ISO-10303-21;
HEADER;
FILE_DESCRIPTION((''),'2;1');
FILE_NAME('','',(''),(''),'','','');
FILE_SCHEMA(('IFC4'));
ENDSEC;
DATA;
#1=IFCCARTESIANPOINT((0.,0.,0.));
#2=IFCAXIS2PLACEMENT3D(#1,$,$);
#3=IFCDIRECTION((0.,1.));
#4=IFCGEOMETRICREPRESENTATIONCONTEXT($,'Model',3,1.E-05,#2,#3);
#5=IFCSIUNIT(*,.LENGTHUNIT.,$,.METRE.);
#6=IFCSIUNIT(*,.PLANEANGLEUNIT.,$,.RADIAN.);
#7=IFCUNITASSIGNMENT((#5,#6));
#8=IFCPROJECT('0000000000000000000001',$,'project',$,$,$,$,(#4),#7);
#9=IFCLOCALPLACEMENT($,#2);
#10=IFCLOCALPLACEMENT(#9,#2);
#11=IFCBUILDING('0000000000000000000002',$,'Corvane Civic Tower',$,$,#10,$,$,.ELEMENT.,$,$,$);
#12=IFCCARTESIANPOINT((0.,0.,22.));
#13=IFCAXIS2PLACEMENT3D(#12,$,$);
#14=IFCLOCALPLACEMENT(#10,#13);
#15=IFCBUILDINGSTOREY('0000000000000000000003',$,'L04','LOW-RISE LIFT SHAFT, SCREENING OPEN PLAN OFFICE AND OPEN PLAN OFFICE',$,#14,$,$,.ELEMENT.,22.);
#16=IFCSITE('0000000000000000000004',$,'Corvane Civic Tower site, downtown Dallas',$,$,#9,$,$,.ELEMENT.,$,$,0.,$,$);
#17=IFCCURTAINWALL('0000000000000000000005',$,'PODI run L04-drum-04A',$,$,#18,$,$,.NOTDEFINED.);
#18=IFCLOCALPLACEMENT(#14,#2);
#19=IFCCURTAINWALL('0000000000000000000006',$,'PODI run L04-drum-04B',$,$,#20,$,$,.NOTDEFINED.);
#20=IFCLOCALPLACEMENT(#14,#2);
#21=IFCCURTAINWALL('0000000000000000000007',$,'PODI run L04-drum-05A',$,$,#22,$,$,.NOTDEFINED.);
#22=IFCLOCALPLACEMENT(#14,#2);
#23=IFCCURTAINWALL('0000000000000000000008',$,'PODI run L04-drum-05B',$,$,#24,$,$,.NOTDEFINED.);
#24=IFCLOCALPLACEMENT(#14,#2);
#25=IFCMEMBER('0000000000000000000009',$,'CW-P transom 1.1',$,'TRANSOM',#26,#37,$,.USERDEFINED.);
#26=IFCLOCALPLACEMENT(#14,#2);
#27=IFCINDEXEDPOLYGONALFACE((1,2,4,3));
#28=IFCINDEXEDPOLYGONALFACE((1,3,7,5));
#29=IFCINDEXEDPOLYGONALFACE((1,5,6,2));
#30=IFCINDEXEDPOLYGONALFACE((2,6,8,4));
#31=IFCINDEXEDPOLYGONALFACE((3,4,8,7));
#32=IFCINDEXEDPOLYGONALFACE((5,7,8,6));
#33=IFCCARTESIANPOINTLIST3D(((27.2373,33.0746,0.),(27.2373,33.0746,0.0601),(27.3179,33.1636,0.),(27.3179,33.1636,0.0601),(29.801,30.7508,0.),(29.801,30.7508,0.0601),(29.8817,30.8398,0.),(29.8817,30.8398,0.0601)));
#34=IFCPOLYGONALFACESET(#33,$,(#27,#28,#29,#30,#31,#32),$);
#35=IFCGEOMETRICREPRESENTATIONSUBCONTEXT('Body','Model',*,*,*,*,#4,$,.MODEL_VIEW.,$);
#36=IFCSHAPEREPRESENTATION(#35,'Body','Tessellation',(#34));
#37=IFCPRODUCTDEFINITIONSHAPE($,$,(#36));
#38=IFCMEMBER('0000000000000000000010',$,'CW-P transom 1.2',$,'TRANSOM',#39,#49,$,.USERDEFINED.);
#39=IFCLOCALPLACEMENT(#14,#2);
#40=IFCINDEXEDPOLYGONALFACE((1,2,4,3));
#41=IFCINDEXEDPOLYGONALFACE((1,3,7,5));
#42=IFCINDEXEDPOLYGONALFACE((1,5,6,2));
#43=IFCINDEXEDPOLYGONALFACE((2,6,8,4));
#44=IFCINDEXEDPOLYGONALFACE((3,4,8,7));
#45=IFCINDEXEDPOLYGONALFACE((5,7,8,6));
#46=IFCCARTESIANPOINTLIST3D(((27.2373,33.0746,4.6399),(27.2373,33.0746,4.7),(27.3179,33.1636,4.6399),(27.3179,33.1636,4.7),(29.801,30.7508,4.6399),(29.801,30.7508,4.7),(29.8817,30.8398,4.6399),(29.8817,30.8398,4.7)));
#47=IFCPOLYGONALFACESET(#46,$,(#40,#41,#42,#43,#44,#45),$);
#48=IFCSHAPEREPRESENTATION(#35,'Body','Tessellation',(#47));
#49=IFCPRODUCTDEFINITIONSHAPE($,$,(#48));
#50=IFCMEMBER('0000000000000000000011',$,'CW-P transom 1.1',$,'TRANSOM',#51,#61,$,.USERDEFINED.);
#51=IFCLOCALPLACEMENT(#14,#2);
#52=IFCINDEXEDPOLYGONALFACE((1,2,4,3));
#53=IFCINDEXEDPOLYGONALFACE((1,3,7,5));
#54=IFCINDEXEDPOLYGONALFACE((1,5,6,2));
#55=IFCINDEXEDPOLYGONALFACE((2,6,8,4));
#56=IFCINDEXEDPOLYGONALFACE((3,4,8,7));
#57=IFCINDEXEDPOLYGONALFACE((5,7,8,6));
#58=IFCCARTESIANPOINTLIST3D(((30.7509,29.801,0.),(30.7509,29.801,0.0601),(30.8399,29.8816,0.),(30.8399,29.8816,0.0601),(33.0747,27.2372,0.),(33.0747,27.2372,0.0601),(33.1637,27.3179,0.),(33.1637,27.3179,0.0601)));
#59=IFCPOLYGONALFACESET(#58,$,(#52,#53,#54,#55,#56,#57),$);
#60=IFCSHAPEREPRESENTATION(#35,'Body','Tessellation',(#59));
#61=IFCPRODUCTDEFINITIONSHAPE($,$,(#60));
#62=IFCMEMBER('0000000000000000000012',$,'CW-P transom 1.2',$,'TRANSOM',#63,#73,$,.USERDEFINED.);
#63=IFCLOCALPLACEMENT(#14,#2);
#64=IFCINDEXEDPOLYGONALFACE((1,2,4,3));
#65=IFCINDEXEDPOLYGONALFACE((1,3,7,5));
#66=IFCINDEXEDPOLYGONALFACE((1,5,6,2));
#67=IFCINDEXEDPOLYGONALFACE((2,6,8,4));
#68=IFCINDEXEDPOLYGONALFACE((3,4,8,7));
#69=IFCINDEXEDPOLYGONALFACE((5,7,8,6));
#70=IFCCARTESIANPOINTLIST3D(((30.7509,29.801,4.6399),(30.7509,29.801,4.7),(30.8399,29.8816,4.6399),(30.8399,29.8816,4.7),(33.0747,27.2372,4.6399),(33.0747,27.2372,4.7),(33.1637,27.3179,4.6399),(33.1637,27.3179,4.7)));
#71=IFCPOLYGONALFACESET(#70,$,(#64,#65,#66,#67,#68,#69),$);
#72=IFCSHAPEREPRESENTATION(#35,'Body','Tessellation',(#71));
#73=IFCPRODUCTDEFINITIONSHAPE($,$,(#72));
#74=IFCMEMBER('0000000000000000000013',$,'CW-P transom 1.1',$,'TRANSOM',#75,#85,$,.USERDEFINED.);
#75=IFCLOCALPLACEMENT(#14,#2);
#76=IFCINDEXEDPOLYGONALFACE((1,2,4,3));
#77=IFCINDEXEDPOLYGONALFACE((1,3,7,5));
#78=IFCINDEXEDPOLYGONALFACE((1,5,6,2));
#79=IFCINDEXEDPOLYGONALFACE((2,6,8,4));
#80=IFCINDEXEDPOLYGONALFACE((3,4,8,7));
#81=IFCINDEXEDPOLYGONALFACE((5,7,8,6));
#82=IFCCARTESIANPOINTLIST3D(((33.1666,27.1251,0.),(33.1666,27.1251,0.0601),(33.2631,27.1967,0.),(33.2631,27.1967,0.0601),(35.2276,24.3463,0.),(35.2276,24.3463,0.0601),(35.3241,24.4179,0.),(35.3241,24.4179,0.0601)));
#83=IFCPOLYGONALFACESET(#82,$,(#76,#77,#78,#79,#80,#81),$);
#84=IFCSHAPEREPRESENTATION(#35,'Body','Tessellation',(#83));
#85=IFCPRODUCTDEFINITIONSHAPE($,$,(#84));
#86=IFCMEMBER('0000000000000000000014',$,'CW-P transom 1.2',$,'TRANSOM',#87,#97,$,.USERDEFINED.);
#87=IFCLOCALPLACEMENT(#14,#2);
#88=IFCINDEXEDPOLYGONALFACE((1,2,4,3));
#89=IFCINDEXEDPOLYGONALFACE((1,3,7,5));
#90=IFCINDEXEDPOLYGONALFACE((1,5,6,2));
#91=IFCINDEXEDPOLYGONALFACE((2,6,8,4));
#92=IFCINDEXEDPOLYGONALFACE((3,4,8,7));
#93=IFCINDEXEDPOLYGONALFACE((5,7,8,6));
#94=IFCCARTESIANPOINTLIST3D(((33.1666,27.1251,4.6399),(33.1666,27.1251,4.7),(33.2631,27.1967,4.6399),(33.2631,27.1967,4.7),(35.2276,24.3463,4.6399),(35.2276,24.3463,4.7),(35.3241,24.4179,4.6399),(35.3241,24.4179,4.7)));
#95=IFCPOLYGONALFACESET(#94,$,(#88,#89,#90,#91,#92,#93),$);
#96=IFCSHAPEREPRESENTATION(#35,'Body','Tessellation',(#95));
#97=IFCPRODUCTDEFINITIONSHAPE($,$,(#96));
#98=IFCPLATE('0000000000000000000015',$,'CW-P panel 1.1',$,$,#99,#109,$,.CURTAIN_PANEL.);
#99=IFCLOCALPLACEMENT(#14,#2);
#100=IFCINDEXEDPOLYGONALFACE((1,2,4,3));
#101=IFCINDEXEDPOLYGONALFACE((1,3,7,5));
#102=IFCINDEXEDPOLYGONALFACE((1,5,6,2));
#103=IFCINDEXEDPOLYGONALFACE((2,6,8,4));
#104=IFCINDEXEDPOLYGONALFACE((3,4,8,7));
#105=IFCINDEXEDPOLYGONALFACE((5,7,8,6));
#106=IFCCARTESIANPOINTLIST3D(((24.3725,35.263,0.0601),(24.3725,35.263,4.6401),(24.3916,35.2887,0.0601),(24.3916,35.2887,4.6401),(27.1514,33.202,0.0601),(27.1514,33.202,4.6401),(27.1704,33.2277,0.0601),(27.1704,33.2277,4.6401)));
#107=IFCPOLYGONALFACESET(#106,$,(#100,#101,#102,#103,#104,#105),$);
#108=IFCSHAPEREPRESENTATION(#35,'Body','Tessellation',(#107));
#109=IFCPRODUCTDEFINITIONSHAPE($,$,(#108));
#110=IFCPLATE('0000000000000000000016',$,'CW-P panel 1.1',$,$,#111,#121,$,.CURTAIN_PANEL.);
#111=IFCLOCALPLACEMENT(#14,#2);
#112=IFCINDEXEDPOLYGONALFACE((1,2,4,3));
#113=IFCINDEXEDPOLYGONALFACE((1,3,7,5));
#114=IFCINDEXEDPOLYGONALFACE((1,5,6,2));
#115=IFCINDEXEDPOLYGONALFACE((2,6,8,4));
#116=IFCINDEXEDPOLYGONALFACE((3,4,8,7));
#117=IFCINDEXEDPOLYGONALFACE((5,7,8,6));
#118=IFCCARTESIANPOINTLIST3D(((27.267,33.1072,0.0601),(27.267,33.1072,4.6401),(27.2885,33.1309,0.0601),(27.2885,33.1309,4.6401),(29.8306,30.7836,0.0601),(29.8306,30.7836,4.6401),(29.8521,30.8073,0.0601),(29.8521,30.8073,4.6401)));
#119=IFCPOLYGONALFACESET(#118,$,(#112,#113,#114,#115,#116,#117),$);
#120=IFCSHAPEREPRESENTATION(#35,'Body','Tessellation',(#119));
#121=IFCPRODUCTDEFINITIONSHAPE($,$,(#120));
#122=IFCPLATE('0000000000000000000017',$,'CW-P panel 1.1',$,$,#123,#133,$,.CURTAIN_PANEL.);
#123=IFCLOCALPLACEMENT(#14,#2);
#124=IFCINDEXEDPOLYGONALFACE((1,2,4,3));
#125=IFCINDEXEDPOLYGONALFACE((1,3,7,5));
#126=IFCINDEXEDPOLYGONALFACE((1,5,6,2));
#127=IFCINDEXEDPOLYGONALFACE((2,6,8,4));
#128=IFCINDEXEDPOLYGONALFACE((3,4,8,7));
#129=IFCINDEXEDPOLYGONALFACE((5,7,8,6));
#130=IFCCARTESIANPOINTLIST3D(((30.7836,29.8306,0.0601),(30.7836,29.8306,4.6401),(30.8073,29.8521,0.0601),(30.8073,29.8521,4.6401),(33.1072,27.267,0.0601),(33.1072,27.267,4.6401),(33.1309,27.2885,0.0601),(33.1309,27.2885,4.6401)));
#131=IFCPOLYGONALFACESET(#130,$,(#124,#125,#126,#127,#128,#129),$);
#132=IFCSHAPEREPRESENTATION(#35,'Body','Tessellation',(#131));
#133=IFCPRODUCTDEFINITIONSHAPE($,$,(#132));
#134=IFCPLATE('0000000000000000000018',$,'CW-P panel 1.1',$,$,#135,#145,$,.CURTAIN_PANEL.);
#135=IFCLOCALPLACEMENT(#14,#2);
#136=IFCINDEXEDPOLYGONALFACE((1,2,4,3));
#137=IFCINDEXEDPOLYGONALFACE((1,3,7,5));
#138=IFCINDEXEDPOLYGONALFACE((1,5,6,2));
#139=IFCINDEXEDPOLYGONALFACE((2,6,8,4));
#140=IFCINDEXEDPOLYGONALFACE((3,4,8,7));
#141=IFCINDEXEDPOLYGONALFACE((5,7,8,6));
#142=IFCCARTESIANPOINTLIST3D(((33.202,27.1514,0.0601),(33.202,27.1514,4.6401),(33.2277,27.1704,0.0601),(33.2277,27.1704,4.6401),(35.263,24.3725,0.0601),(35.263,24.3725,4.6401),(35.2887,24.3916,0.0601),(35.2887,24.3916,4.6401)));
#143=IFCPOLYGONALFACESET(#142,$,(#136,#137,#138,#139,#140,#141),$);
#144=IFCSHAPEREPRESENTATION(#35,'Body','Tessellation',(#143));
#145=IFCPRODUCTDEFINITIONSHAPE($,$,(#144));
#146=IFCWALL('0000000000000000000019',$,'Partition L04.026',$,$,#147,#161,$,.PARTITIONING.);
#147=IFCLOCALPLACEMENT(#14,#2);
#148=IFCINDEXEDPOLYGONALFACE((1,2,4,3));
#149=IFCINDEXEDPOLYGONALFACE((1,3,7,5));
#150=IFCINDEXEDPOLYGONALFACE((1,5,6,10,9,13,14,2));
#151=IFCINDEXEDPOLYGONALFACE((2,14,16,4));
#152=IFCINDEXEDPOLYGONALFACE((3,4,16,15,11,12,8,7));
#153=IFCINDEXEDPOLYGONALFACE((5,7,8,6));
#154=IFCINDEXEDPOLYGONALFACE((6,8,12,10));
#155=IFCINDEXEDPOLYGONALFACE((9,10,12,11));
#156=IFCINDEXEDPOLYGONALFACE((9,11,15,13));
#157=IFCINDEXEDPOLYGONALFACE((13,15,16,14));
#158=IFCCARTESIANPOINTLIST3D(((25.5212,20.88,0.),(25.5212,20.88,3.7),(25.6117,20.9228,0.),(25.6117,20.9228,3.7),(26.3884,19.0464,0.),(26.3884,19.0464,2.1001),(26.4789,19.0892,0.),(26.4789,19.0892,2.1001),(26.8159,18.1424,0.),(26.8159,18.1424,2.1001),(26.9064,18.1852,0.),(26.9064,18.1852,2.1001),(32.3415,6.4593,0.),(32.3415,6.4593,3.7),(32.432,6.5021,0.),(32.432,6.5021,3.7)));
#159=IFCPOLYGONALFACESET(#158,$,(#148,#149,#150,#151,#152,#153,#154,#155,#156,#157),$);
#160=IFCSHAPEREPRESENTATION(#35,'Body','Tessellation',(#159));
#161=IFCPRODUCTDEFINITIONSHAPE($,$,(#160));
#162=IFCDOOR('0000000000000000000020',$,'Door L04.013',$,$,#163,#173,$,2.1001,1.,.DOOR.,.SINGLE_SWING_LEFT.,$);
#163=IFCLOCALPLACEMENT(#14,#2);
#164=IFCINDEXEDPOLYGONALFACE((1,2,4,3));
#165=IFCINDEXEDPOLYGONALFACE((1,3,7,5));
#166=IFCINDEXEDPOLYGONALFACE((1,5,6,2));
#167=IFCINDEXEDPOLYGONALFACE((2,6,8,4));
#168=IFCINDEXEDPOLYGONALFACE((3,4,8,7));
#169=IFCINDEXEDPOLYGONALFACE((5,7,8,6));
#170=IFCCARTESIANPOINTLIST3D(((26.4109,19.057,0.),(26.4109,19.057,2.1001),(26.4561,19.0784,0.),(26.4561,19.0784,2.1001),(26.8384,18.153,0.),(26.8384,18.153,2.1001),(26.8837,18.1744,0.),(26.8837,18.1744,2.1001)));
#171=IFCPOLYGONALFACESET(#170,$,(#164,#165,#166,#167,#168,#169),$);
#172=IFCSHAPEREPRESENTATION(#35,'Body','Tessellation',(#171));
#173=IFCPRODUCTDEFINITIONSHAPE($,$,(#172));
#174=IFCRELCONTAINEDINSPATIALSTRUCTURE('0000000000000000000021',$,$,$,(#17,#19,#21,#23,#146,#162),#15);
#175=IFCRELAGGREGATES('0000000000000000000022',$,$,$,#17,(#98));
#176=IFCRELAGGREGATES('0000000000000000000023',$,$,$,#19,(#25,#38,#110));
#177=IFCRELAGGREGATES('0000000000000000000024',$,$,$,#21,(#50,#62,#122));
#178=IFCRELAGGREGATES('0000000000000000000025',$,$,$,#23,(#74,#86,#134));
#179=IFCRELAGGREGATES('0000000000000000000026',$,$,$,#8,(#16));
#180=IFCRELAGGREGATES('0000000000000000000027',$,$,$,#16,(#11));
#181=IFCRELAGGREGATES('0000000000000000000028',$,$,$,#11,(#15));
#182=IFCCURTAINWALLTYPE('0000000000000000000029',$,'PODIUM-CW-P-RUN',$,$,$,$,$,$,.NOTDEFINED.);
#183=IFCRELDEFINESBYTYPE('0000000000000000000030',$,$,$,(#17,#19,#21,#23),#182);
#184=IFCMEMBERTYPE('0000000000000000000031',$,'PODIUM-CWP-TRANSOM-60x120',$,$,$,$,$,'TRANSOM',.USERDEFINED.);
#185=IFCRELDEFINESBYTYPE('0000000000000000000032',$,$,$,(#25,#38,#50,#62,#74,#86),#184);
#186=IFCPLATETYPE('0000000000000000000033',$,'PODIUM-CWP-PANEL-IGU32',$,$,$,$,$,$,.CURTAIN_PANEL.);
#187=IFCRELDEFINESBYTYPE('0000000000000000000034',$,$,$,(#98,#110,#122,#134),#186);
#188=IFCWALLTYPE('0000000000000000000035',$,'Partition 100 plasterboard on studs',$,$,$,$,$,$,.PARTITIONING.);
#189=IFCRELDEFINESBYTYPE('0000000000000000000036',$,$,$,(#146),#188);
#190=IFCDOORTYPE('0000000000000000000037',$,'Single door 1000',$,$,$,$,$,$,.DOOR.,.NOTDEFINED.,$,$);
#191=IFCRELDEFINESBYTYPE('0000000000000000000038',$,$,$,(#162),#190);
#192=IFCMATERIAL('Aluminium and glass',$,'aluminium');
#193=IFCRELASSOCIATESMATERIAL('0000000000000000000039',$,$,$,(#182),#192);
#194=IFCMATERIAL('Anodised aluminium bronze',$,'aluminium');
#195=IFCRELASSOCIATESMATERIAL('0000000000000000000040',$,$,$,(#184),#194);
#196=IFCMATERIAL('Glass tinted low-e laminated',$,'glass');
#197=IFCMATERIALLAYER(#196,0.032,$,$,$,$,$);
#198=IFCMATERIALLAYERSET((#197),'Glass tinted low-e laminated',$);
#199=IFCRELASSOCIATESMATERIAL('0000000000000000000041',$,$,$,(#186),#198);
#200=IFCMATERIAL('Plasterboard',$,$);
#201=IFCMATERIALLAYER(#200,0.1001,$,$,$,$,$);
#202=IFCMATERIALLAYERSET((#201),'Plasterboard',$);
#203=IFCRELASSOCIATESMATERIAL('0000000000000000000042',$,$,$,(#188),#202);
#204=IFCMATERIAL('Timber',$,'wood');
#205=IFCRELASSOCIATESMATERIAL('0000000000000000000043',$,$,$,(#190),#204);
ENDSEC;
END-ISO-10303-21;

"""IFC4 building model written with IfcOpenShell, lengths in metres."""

from ifc_helpers import new_model, si_unit, direction, frame, frame_2d, origin, origin_2d, place, context, subcontext, project, spatial, rectangle, extrude, material, layer, layer_set, material_profile, profile_set, type_object, element, fill, aggregate, save


model = new_model("IFC4")

# Units and contexts
model_context = context("Model", 3, precision=1e-05, world=origin(), true_north=direction((0.0, 1.0)))
body_context = subcontext(model_context, "Body", "Model", "MODEL_VIEW")
ifc_project = project(units=[si_unit("LENGTHUNIT", "METRE"), si_unit("PLANEANGLEUNIT", "RADIAN")], contexts=[model_context])

# Site, building, storey
site_placement = place(None, origin())
site = spatial("IfcSite", under=ifc_project, at=site_placement, Name="Corvane Civic Tower site, downtown Dallas", CompositionType="ELEMENT", RefElevation=0.0)
building_placement = place(site_placement, origin())
building = spatial("IfcBuilding", under=site, at=building_placement, Name="Corvane Civic Tower", CompositionType="ELEMENT")
storey_placement = place(building_placement, frame((0.0, 0.0, 22.0)))
storey = spatial("IfcBuildingStorey", under=building, at=storey_placement, Name="L04", Description="LOW-RISE LIFT SHAFT, SCREENING OPEN PLAN OFFICE AND OPEN PLAN OFFICE", CompositionType="ELEMENT", Elevation=22.0)

# Shared definitions
ifc_material_1 = material(Name="Aluminium and glass", Category="aluminium")
curtain_wall_type = type_object("IfcCurtainWallType", Name="PODIUM-CW-P-RUN", PredefinedType="NOTDEFINED", material=ifc_material_1)

# Curtain walls
curtain_wall_1_placement = place(storey_placement, origin())
curtain_wall_1 = element("IfcCurtainWall", 1, at=curtain_wall_1_placement, inside=storey, type_object=curtain_wall_type, Name="PODI run L04-drum-04A", PredefinedType="NOTDEFINED")
curtain_wall_2_placement = place(storey_placement, origin())
curtain_wall_2 = element("IfcCurtainWall", 2, at=curtain_wall_2_placement, inside=storey, type_object=curtain_wall_type, Name="PODI run L04-drum-04B", PredefinedType="NOTDEFINED")
curtain_wall_3_placement = place(storey_placement, origin())
curtain_wall_3 = element("IfcCurtainWall", 3, at=curtain_wall_3_placement, inside=storey, type_object=curtain_wall_type, Name="PODI run L04-drum-05A", PredefinedType="NOTDEFINED")
curtain_wall_4_placement = place(storey_placement, origin())
curtain_wall_4 = element("IfcCurtainWall", 4, at=curtain_wall_4_placement, inside=storey, type_object=curtain_wall_type, Name="PODI run L04-drum-05B", PredefinedType="NOTDEFINED")

# Members
ifc_material_2 = material(Name="Anodised aluminium bronze", Category="aluminium")
ifc_material_profile_1 = material_profile(ifc_material_2, rectangle(XDim=0.1201, YDim=0.0601, at=origin_2d()), Name="AL 120x60")
ifc_profile_set_1 = profile_set([ifc_material_profile_1], Name="Anodised aluminium bronze")
member_type_1 = type_object("IfcMemberType", Name="PODIUM-CWP-TRANSOM-60x120", ElementType="TRANSOM", PredefinedType="USERDEFINED", material=ifc_profile_set_1)
member_1_placement = place(storey_placement, frame((27.2776, 33.1191, 0.03), z_axis=(0.740935, -0.671576, 0.0), x_axis=(0.671576, 0.740935, 0.0)))
member_1 = element("IfcMember", 5, at=member_1_placement, type_object=member_type_1, Name="CW-P transom 1.1", ObjectType="TRANSOM", PredefinedType="USERDEFINED", context=body_context, shape_type="SweptSolid", body=[
    extrude(rectangle(XDim=0.1201, YDim=0.0601, at=origin_2d()), origin(), (0.0, 0.0, 1.0), 3.4602),
])
member_2_placement = place(storey_placement, frame((27.2776, 33.1191, 4.6699), z_axis=(0.740935, -0.671576, 0.0), x_axis=(0.671576, 0.740935, 0.0)))
member_2 = element("IfcMember", 6, at=member_2_placement, type_object=member_type_1, Name="CW-P transom 1.2", ObjectType="TRANSOM", PredefinedType="USERDEFINED", context=body_context, shape_type="SweptSolid", body=[
    extrude(rectangle(XDim=0.1201, YDim=0.0601, at=origin_2d()), origin(), (0.0, 0.0, 1.0), 3.4602),
])
member_3_placement = place(storey_placement, frame((30.7954, 29.8413, 0.03), z_axis=(0.671576, -0.740935, 0.0), x_axis=(0.740935, 0.671576, 0.0)))
member_3 = element("IfcMember", 7, at=member_3_placement, type_object=member_type_1, Name="CW-P transom 1.1", ObjectType="TRANSOM", PredefinedType="USERDEFINED", context=body_context, shape_type="SweptSolid", body=[
    extrude(rectangle(XDim=0.1201, YDim=0.0601, at=origin_2d()), origin(), (0.0, 0.0, 1.0), 3.4602),
])
member_4_placement = place(storey_placement, frame((30.7954, 29.8413, 4.6699), z_axis=(0.671576, -0.740935, 0.0), x_axis=(0.740935, 0.671576, 0.0)))
member_4 = element("IfcMember", 8, at=member_4_placement, type_object=member_type_1, Name="CW-P transom 1.2", ObjectType="TRANSOM", PredefinedType="USERDEFINED", context=body_context, shape_type="SweptSolid", body=[
    extrude(rectangle(XDim=0.1201, YDim=0.0601, at=origin_2d()), origin(), (0.0, 0.0, 1.0), 3.4602),
])
member_5_placement = place(storey_placement, frame((33.2148, 27.1609, 0.03), z_axis=(0.595724, -0.80319, 0.0), x_axis=(0.80319, 0.595724, 0.0)))
member_5 = element("IfcMember", 9, at=member_5_placement, type_object=member_type_1, Name="CW-P transom 1.1", ObjectType="TRANSOM", PredefinedType="USERDEFINED", context=body_context, shape_type="SweptSolid", body=[
    extrude(rectangle(XDim=0.1201, YDim=0.0601, at=origin_2d()), origin(), (0.0, 0.0, 1.0), 3.4597),
])
member_6_placement = place(storey_placement, frame((33.2148, 27.1609, 4.6699), z_axis=(0.595724, -0.80319, 0.0), x_axis=(0.80319, 0.595724, 0.0)))
member_6 = element("IfcMember", 10, at=member_6_placement, type_object=member_type_1, Name="CW-P transom 1.2", ObjectType="TRANSOM", PredefinedType="USERDEFINED", context=body_context, shape_type="SweptSolid", body=[
    extrude(rectangle(XDim=0.1201, YDim=0.0601, at=origin_2d()), origin(), (0.0, 0.0, 1.0), 3.4597),
])

# Plates
ifc_material_3 = material(Name="Glass tinted low-e laminated", Category="glass")
ifc_layer_1 = layer(ifc_material_3, 0.032)
ifc_layer_set_1 = layer_set([ifc_layer_1], Name="Glass tinted low-e laminated")
plate_type = type_object("IfcPlateType", Name="PODIUM-CWP-PANEL-IGU32", PredefinedType="CURTAIN_PANEL", material=ifc_layer_set_1)
plate_1_placement = place(storey_placement, frame((25.7715, 34.2454, 0.0601), z_axis=(0.0, 0.0, 1.0), x_axis=(0.803203, -0.595705, 0.0)))
plate_1 = element("IfcPlate", 11, at=plate_1_placement, type_object=plate_type, Name="CW-P panel 1.1", PredefinedType="CURTAIN_PANEL", context=body_context, shape_type="SweptSolid", body=[
    extrude(rectangle(XDim=3.4597, YDim=0.032, at=origin_2d()), origin(), (0.0, 0.0, 1.0), 4.5801),
])
aggregate(curtain_wall_1, [plate_1])
plate_2_placement = place(storey_placement, frame((28.5596, 31.9573, 0.0601), z_axis=(0.0, 0.0, 1.0), x_axis=(0.740935, -0.671576, 0.0)))
plate_2 = element("IfcPlate", 12, at=plate_2_placement, type_object=plate_type, Name="CW-P panel 1.1", PredefinedType="CURTAIN_PANEL", context=body_context, shape_type="SweptSolid", body=[
    extrude(rectangle(XDim=3.46, YDim=0.032, at=origin_2d()), origin(), (0.0, 0.0, 1.0), 4.5801),
])
aggregate(curtain_wall_2, [member_1, member_2, plate_2])
plate_3_placement = place(storey_placement, frame((31.9573, 28.5596, 0.0601), z_axis=(0.0, 0.0, 1.0), x_axis=(0.671576, -0.740935, 0.0)))
plate_3 = element("IfcPlate", 13, at=plate_3_placement, type_object=plate_type, Name="CW-P panel 1.1", PredefinedType="CURTAIN_PANEL", context=body_context, shape_type="SweptSolid", body=[
    extrude(rectangle(XDim=3.46, YDim=0.032, at=origin_2d()), origin(), (0.0, 0.0, 1.0), 4.5801),
])
aggregate(curtain_wall_3, [member_3, member_4, plate_3])
plate_4_placement = place(storey_placement, frame((34.2454, 25.7715, 0.0601), z_axis=(0.0, 0.0, 1.0), x_axis=(0.595705, -0.803203, 0.0)))
plate_4 = element("IfcPlate", 14, at=plate_4_placement, type_object=plate_type, Name="CW-P panel 1.1", PredefinedType="CURTAIN_PANEL", context=body_context, shape_type="SweptSolid", body=[
    extrude(rectangle(XDim=3.4597, YDim=0.032, at=origin_2d()), origin(), (0.0, 0.0, 1.0), 4.5801),
])
aggregate(curtain_wall_4, [member_5, member_6, plate_4])

# Wall, opening, door
ifc_material_4 = material(Name="Plasterboard")
ifc_layer_2 = layer(ifc_material_4, 0.1001)
ifc_layer_set_2 = layer_set([ifc_layer_2], Name="Plasterboard")
wall_type_1 = type_object("IfcWallType", Name="Partition 100 plasterboard on studs", PredefinedType="PARTITIONING", material=ifc_layer_set_2)
wall_1_placement = place(storey_placement, frame((25.5664, 20.9014, 0.0), z_axis=(0.0, 0.0, 1.0), x_axis=(0.427547, -0.903993, 0.0)))
wall_1 = element("IfcWall", 15, at=wall_1_placement, inside=storey, type_object=wall_type_1, Name="Partition L04.026", PredefinedType="PARTITIONING", context=body_context, shape_type="SweptSolid", body=[
    extrude(rectangle(XDim=15.9521, YDim=0.1001, at=frame_2d((7.9761, 0.0))), origin(), (0.0, 0.0, 1.0), 3.7),
])
opening_1_placement = place(wall_1_placement, frame((2.0283, 0.0, 0.0)))
opening_1 = element("IfcOpeningElement", 16, at=opening_1_placement, cuts=wall_1, PredefinedType="OPENING", context=body_context, shape_type="SweptSolid", body=[
    extrude(rectangle(XDim=1.0, YDim=2.1001, at=frame_2d((0.5, 1.05))), frame((0.0, 0.0601, 0.0), z_axis=(0.0, -1.0, 0.0), x_axis=(1.0, 0.0, 0.0)), (0.0, 0.0, 1.0), 0.1201),
])
ifc_material_5 = material(Name="Timber", Category="wood")
door_type_1 = type_object("IfcDoorType", Name="Single door 1000", OperationType="NOTDEFINED", PredefinedType="DOOR", material=ifc_material_5)
door_1_placement = place(opening_1_placement, origin())
door_1 = element("IfcDoor", 17, at=door_1_placement, inside=storey, type_object=door_type_1, Name="Door L04.013", OperationType="SINGLE_SWING_LEFT", OverallHeight=2.1001, OverallWidth=1.0, PredefinedType="DOOR", context=body_context, shape_type="SweptSolid", body=[
    extrude(rectangle(XDim=1.0, YDim=2.1001, at=frame_2d((0.5, 1.05))), frame((0.0, 0.0249, 0.0), z_axis=(0.0, -1.0, 0.0), x_axis=(1.0, 0.0, 0.0)), (0.0, 0.0, 1.0), 0.05),
])
fill(opening_1, door_1)

save(model, "model.ifc")
